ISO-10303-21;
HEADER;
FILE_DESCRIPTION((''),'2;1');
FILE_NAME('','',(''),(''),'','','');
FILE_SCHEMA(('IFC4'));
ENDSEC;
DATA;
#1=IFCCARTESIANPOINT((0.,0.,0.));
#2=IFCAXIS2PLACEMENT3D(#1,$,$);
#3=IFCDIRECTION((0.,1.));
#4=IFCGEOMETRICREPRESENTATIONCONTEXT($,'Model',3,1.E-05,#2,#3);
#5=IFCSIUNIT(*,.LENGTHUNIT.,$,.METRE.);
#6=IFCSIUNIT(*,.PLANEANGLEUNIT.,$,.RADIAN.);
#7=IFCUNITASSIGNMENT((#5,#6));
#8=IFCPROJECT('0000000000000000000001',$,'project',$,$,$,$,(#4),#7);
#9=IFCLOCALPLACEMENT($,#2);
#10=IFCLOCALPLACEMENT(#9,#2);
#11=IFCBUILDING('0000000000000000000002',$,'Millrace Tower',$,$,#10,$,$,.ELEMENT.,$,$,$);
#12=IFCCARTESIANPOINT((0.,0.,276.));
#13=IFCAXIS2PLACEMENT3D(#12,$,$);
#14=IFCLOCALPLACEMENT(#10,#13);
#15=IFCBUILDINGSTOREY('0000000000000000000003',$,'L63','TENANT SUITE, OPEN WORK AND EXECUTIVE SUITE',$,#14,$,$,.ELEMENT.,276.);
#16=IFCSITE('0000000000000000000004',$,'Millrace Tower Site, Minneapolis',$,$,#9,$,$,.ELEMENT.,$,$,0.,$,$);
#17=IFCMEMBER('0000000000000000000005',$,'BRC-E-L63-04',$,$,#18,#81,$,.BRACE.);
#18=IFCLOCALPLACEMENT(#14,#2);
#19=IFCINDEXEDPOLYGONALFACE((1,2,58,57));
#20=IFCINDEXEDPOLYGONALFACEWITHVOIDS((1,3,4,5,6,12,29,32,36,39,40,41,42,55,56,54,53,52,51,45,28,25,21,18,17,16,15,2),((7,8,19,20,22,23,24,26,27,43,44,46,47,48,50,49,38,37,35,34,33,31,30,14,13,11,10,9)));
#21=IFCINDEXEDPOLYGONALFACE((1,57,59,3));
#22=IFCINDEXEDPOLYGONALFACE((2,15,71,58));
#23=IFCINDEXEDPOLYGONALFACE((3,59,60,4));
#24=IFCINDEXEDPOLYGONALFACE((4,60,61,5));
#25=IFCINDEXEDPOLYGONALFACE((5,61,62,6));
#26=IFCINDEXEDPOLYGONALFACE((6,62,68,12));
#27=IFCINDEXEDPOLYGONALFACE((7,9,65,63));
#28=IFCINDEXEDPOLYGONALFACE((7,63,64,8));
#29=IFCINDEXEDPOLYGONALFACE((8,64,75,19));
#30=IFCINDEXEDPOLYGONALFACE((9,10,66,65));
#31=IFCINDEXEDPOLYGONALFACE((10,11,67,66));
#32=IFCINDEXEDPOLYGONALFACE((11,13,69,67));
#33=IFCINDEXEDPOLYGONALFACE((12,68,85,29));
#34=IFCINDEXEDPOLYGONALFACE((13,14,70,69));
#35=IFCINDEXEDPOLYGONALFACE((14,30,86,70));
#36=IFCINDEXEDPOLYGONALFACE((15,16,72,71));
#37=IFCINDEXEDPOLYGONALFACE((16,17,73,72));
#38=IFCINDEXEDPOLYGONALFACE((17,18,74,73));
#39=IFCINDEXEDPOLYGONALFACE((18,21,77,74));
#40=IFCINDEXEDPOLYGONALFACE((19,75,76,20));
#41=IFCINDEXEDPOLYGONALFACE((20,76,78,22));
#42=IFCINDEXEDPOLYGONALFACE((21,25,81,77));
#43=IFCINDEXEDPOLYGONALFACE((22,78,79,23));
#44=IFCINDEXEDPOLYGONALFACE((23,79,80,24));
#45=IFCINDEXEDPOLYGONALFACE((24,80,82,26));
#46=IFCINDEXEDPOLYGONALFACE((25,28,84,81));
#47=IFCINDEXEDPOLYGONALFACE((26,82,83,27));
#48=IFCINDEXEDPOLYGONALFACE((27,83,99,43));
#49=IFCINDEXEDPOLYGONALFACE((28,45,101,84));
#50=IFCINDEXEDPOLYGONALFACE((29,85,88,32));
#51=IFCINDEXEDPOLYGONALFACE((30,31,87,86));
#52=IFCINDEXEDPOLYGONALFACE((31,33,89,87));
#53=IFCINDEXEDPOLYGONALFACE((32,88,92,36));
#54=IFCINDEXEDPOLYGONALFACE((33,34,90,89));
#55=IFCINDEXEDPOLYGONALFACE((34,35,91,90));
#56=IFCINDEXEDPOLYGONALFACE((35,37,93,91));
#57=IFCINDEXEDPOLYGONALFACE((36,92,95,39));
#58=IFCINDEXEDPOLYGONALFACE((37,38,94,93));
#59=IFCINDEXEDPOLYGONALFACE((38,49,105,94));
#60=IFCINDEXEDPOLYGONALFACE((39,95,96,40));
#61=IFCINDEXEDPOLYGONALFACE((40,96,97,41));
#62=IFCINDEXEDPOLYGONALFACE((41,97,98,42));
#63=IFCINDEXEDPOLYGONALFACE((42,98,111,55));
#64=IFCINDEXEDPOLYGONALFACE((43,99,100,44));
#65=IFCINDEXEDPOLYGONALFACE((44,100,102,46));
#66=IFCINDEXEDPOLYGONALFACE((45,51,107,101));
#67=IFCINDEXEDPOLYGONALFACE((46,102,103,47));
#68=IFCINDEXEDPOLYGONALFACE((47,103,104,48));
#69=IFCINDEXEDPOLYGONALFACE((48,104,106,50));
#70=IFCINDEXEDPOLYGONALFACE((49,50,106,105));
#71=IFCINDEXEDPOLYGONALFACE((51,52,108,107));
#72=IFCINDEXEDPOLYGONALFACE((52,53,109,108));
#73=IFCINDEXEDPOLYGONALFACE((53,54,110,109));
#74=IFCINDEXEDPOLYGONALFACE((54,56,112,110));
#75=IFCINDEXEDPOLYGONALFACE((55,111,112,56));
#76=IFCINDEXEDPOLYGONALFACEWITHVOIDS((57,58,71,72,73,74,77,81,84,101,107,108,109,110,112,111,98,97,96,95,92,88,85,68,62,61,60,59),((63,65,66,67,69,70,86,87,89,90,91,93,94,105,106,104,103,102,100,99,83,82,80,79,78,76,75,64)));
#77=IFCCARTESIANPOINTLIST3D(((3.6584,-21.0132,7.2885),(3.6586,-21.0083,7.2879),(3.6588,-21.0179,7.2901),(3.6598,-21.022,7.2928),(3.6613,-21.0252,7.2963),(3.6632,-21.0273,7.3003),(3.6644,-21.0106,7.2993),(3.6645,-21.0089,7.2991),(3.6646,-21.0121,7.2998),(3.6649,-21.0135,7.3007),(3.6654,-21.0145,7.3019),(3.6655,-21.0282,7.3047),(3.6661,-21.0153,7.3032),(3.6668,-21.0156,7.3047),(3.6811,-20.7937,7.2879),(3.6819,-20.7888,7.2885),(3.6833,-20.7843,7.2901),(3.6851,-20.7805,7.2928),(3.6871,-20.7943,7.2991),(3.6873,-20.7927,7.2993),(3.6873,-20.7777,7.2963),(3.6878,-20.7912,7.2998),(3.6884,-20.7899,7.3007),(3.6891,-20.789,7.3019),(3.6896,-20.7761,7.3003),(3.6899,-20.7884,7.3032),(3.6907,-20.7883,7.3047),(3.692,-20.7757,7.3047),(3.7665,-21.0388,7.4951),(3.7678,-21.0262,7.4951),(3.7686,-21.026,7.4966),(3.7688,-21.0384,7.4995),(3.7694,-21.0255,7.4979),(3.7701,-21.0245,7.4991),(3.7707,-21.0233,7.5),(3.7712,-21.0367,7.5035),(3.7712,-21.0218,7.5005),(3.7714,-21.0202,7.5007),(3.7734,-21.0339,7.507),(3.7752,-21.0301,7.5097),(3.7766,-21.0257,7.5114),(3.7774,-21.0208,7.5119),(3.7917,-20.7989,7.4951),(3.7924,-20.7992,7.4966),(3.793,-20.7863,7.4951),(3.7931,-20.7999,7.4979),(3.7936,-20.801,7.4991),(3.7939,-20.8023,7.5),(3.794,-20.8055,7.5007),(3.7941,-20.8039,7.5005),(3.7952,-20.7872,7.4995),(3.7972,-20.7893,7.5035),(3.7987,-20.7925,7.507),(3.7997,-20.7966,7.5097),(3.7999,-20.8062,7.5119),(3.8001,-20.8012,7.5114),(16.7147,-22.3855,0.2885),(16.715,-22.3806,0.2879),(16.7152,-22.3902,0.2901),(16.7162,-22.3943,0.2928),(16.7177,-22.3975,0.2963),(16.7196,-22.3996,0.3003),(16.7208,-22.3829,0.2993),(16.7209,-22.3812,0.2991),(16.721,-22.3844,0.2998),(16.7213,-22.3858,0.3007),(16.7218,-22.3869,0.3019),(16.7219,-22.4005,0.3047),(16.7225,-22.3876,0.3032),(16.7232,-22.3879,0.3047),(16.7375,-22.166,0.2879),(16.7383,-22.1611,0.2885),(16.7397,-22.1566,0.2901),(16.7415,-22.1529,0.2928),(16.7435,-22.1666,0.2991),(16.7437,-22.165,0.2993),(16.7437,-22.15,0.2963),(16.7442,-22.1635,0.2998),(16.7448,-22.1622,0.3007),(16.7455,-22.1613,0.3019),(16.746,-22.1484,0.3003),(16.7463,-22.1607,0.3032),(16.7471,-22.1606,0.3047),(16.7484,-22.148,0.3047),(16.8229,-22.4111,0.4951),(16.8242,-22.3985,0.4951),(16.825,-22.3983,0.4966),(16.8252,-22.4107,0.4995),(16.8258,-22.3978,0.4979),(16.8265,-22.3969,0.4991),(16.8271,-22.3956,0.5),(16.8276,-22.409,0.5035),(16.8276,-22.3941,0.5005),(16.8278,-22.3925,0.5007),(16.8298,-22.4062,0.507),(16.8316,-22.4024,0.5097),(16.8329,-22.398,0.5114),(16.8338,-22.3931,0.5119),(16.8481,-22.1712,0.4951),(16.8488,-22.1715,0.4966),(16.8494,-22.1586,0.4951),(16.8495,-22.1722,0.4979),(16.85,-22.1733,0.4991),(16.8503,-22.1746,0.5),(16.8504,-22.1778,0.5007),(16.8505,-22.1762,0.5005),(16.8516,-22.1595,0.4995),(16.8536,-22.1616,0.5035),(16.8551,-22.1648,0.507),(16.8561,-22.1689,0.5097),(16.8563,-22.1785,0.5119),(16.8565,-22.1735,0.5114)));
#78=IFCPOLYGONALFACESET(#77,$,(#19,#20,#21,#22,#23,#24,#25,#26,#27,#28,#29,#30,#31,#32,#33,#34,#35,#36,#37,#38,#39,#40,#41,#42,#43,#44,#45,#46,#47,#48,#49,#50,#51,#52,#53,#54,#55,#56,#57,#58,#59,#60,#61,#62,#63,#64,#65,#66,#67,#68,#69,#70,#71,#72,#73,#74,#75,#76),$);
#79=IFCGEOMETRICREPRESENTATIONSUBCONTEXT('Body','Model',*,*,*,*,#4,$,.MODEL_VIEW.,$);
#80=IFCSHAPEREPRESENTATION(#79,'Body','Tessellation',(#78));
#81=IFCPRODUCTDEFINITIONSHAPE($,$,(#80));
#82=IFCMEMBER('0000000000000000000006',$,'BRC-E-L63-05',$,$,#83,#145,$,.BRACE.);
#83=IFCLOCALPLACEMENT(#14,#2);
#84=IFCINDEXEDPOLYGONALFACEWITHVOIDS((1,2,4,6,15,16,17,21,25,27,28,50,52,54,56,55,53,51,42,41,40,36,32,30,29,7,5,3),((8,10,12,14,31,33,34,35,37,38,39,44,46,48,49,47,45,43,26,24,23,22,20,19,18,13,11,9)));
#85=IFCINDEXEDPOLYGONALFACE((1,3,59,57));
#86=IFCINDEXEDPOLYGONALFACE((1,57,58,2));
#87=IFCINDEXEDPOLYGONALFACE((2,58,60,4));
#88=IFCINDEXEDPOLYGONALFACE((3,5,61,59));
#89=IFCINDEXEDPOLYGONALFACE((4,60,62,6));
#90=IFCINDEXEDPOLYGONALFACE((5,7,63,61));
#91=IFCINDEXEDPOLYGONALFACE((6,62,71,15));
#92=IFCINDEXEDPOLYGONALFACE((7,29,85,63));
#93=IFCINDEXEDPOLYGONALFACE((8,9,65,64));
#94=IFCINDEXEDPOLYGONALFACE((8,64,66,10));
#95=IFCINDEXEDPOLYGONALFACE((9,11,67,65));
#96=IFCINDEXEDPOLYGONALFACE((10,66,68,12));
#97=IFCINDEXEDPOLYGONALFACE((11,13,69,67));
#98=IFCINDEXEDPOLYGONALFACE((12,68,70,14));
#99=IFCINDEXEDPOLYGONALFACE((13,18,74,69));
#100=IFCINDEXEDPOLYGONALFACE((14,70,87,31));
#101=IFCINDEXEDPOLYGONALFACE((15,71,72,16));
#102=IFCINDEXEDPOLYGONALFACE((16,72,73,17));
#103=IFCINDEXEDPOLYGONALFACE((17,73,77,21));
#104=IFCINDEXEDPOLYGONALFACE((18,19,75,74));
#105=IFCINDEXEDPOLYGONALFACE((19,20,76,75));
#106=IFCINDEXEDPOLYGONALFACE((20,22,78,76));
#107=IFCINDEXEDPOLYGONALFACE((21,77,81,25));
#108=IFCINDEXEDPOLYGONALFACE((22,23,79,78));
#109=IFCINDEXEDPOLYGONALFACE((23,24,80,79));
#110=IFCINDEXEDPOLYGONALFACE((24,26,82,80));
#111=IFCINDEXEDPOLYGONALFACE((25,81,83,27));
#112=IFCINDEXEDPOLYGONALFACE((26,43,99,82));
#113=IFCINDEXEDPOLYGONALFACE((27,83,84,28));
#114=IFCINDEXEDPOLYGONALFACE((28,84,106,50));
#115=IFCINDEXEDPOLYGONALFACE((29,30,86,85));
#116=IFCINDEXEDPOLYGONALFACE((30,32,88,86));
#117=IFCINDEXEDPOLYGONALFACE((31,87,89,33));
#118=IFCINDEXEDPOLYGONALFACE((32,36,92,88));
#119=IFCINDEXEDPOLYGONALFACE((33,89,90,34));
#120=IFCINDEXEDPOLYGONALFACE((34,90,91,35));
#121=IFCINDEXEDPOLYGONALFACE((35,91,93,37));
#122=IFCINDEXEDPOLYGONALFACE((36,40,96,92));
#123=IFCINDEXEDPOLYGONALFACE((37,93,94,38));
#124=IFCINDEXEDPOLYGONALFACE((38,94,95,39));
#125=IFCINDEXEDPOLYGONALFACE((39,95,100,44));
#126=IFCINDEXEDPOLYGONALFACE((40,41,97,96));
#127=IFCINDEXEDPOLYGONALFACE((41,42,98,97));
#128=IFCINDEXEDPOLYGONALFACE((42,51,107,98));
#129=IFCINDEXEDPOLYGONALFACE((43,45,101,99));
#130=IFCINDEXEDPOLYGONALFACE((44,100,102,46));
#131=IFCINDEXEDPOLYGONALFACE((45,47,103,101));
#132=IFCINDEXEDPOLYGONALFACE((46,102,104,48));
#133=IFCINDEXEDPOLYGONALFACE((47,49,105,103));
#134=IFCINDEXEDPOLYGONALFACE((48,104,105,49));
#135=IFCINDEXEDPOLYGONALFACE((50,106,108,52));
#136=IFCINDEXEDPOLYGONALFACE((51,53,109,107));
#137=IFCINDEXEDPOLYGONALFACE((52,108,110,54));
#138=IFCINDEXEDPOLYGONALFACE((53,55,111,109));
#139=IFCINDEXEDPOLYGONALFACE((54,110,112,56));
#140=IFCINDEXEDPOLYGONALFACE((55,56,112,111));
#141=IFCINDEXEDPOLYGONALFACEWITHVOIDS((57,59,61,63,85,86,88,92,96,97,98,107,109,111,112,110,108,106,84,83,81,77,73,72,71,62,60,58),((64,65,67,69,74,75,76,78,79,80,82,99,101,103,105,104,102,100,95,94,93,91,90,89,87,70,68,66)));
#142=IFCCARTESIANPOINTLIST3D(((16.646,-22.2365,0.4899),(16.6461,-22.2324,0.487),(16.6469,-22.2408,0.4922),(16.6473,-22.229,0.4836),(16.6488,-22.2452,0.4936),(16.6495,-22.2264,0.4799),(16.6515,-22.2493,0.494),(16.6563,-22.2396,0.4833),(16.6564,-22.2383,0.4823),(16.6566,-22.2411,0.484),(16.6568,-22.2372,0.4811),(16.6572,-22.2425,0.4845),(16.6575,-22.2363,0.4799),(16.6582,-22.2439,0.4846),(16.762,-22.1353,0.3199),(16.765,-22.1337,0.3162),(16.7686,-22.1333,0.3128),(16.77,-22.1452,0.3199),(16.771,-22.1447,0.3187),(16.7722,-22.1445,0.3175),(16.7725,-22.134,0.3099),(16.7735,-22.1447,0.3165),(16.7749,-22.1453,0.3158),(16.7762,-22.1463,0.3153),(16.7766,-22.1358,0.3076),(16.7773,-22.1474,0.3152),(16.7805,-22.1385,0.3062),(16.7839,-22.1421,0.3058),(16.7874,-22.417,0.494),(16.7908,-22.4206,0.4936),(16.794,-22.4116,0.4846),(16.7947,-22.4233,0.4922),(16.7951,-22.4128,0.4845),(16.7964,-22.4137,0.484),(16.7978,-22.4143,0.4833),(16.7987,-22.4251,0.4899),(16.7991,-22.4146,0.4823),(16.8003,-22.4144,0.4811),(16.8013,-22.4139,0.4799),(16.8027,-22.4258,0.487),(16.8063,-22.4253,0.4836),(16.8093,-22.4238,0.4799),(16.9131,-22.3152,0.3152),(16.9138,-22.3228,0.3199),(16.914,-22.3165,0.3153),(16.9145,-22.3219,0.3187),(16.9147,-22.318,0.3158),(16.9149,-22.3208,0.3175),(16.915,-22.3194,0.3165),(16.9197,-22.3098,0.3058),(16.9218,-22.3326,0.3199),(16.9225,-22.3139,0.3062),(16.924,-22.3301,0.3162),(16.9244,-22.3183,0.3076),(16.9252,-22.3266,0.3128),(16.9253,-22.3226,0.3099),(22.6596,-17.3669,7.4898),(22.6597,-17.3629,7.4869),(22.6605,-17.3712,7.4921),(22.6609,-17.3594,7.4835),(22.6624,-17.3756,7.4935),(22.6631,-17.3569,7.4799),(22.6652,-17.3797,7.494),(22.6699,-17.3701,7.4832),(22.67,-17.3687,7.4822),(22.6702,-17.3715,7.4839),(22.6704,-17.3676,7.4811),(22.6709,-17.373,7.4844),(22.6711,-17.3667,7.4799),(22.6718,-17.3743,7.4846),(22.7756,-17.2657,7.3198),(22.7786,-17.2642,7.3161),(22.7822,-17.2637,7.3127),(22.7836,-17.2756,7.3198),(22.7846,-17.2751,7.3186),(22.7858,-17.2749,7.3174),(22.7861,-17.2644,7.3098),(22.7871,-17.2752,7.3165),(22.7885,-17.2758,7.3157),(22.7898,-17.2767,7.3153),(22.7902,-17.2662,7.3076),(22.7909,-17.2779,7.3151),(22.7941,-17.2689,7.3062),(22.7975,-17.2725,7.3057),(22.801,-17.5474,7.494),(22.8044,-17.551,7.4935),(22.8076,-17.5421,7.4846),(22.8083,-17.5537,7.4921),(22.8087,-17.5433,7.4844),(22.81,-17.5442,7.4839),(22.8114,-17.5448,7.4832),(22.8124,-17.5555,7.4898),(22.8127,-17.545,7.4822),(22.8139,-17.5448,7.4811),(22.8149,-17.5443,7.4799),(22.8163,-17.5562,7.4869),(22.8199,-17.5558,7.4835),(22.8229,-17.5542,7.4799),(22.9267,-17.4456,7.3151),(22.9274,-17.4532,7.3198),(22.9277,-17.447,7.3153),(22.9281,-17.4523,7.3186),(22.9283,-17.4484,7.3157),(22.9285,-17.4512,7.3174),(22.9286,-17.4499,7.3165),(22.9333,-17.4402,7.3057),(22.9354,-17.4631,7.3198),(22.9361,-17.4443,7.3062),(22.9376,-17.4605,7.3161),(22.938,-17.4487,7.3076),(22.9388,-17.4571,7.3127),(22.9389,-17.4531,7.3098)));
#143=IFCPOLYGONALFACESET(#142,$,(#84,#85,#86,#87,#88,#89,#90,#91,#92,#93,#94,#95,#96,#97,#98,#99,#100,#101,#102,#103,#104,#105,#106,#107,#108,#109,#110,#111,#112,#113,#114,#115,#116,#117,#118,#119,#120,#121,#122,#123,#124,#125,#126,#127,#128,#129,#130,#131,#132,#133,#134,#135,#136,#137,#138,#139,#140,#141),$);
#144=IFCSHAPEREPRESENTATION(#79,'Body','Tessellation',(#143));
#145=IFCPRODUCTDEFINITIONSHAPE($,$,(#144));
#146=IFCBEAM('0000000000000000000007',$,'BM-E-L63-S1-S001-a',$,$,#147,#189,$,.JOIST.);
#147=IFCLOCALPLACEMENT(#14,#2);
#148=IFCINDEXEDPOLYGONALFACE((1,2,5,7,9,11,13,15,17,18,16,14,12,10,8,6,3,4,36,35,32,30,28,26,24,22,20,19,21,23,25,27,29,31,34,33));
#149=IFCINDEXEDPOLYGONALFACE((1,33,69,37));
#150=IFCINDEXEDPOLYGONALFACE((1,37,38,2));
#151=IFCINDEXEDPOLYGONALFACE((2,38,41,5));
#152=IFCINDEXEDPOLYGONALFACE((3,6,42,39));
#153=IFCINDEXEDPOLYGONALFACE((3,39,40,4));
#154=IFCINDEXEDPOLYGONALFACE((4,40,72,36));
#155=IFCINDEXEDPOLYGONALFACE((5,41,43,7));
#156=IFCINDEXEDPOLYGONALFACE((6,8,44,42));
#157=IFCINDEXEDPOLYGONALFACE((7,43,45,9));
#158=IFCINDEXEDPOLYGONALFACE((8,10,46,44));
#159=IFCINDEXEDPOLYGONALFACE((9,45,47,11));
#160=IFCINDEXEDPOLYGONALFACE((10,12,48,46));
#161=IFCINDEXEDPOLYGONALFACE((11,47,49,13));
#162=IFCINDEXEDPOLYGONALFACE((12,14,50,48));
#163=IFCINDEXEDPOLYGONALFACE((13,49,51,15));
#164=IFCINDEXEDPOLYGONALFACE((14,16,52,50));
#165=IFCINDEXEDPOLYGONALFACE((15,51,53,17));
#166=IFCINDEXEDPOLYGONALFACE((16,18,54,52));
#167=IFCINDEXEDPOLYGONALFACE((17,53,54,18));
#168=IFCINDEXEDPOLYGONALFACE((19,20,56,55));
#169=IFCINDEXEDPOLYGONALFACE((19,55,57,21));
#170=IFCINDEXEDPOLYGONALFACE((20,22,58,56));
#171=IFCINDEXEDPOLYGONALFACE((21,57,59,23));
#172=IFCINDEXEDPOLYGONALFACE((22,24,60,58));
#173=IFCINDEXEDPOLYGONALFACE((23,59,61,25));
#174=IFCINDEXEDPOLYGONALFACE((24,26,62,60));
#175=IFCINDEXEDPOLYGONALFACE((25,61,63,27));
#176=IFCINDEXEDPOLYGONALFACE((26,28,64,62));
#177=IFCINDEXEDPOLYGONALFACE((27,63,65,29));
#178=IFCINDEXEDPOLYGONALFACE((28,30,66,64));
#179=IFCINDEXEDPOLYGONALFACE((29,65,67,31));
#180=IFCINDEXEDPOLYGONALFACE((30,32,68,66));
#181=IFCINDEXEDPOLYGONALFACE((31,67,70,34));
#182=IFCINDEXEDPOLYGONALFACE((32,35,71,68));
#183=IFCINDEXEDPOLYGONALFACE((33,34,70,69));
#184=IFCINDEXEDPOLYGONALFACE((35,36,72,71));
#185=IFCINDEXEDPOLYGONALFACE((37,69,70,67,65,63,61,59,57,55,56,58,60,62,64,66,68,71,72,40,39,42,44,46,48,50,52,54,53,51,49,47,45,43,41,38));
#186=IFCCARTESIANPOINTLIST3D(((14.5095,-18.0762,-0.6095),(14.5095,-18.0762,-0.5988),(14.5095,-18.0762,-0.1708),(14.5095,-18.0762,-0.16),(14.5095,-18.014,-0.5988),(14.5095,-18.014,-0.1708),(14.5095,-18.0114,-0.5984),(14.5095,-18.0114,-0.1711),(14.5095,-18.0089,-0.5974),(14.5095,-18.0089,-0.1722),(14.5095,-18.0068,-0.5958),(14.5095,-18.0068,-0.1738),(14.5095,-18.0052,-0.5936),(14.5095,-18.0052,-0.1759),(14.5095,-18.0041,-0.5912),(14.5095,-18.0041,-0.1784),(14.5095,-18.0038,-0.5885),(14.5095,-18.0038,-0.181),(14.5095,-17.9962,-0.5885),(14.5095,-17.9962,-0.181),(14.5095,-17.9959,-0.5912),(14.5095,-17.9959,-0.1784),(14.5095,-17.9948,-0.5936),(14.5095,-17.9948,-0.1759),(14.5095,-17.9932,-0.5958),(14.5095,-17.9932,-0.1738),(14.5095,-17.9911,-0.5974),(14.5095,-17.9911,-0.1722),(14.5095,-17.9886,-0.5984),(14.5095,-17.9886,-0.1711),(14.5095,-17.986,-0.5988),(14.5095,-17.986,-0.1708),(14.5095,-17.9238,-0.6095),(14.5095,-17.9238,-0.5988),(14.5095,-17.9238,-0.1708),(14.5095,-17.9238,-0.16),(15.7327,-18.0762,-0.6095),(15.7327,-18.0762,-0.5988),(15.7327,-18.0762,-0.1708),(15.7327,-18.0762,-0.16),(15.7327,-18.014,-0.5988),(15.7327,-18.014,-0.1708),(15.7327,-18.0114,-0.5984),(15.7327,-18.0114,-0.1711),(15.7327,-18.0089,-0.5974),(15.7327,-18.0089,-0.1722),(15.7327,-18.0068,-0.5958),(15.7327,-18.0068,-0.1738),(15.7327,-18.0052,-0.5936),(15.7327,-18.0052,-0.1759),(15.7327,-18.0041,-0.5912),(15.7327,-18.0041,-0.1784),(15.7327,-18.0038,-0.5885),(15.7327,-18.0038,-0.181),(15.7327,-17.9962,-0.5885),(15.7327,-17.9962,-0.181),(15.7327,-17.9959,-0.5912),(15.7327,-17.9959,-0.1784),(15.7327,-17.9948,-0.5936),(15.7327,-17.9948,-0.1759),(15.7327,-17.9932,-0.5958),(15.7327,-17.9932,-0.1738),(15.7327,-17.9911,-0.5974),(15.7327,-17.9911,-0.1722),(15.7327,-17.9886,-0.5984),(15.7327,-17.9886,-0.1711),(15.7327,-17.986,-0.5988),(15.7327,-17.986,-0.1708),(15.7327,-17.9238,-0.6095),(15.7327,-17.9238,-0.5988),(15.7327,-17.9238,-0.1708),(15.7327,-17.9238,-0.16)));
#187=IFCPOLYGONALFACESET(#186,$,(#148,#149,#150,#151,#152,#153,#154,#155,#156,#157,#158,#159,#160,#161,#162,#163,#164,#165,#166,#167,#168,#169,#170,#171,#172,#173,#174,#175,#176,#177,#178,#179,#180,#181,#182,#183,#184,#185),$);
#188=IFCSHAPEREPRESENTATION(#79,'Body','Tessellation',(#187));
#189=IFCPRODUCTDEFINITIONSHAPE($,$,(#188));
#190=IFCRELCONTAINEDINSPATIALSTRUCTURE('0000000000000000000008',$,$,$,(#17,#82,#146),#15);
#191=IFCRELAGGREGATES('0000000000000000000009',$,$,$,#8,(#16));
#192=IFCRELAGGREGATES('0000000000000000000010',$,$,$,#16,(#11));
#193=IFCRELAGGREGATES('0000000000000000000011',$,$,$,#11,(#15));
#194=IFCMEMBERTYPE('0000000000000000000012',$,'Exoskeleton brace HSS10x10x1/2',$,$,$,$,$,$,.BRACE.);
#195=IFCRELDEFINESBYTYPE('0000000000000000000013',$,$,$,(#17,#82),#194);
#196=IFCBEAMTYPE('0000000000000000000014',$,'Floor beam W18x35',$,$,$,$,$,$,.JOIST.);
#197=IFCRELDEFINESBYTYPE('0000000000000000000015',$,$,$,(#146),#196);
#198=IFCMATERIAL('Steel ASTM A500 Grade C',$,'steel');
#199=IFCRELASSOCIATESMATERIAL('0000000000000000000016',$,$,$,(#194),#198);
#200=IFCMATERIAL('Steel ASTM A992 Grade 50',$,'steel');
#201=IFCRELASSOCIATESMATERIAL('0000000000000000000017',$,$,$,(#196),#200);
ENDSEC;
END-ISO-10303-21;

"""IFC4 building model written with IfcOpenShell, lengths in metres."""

from ifc_helpers import new_model, si_unit, direction, frame, origin, origin_2d, place, context, subcontext, project, spatial, hollow_rectangle, i_section, extrude, material, material_profile, profile_set, type_object, element, save


model = new_model("IFC4")

# Units and contexts
model_context = context("Model", 3, precision=1e-05, world=origin(), true_north=direction((0.0, 1.0)))
body_context = subcontext(model_context, "Body", "Model", "MODEL_VIEW")
ifc_project = project(units=[si_unit("LENGTHUNIT", "METRE"), si_unit("PLANEANGLEUNIT", "RADIAN")], contexts=[model_context])

# Site, building, storey
site_placement = place(None, origin())
site = spatial("IfcSite", under=ifc_project, at=site_placement, Name="Millrace Tower Site, Minneapolis", CompositionType="ELEMENT", RefElevation=0.0)
building_placement = place(site_placement, origin())
building = spatial("IfcBuilding", under=site, at=building_placement, Name="Millrace Tower", CompositionType="ELEMENT")
storey_placement = place(building_placement, frame((0.0, 0.0, 276.0)))
storey = spatial("IfcBuildingStorey", under=building, at=storey_placement, Name="L63", Description="TENANT SUITE, OPEN WORK AND EXECUTIVE SUITE", CompositionType="ELEMENT", Elevation=276.0)

# Members
ifc_material_1 = material(Name="Steel ASTM A500 Grade C", Category="steel")
ifc_material_profile_1 = material_profile(ifc_material_1, hollow_rectangle(XDim=0.2539, YDim=0.2539, WallThickness=0.0127, InnerFilletRadius=0.0063, OuterFilletRadius=0.019, at=origin_2d()))
ifc_profile_set_1 = profile_set([ifc_material_profile_1], Name="Steel ASTM A500 Grade C")
member_type_1 = type_object("IfcMemberType", Name="Exoskeleton brace HSS10x10x1/2", PredefinedType="BRACE", material=ifc_profile_set_1)
member_1_placement = place(storey_placement, frame((16.7856, -22.2795, 0.3999), z_axis=(-0.877568, 0.092238, 0.470496), x_axis=(-0.104531, -0.994522, 0.0)))
element("IfcMember", 1, at=member_1_placement, inside=storey, type_object=member_type_1, Name="BRC-E-L63-04", PredefinedType="BRACE", context=body_context, shape_type="SweptSolid", body=[
    extrude(hollow_rectangle(XDim=0.2539, YDim=0.2539, WallThickness=0.0127, InnerFilletRadius=0.0063, OuterFilletRadius=0.019, at=origin_2d()), origin(), (0.0, 0.0, 1.0), 14.8779),
])
member_2_placement = place(storey_placement, frame((16.7856, -22.2795, 0.3999), z_axis=(0.576329, 0.466688, 0.670855), x_axis=(-0.629309, 0.777155, 0.0)))
element("IfcMember", 2, at=member_2_placement, inside=storey, type_object=member_type_1, Name="BRC-E-L63-05", PredefinedType="BRACE", context=body_context, shape_type="SweptSolid", body=[
    extrude(hollow_rectangle(XDim=0.2539, YDim=0.2539, WallThickness=0.0127, InnerFilletRadius=0.0063, OuterFilletRadius=0.019, at=origin_2d()), origin(), (0.0, 0.0, 1.0), 10.4343),
])

# Beam
ifc_material_2 = material(Name="Steel ASTM A992 Grade 50", Category="steel")
ifc_material_profile_2 = material_profile(ifc_material_2, i_section(OverallWidth=0.1523, OverallDepth=0.4495, WebThickness=0.0076, FlangeThickness=0.0107, FilletRadius=0.0103, at=origin_2d()))
ifc_profile_set_2 = profile_set([ifc_material_profile_2], Name="Steel ASTM A992 Grade 50")
beam_type_1 = type_object("IfcBeamType", Name="Floor beam W18x35", PredefinedType="JOIST", material=ifc_profile_set_2)
beam_1_placement = place(storey_placement, frame((14.5095, -18.0, -0.3848), z_axis=(1.0, 0.0, 0.0), x_axis=(0.0, 1.0, 0.0)))
element("IfcBeam", 3, at=beam_1_placement, inside=storey, type_object=beam_type_1, Name="BM-E-L63-S1-S001-a", PredefinedType="JOIST", context=body_context, shape_type="SweptSolid", body=[
    extrude(i_section(OverallWidth=0.1523, OverallDepth=0.4495, WebThickness=0.0076, FlangeThickness=0.0107, FilletRadius=0.0103, at=origin_2d()), origin(), (0.0, 0.0, 1.0), 1.2231),
])

save(model, "model.ifc")
